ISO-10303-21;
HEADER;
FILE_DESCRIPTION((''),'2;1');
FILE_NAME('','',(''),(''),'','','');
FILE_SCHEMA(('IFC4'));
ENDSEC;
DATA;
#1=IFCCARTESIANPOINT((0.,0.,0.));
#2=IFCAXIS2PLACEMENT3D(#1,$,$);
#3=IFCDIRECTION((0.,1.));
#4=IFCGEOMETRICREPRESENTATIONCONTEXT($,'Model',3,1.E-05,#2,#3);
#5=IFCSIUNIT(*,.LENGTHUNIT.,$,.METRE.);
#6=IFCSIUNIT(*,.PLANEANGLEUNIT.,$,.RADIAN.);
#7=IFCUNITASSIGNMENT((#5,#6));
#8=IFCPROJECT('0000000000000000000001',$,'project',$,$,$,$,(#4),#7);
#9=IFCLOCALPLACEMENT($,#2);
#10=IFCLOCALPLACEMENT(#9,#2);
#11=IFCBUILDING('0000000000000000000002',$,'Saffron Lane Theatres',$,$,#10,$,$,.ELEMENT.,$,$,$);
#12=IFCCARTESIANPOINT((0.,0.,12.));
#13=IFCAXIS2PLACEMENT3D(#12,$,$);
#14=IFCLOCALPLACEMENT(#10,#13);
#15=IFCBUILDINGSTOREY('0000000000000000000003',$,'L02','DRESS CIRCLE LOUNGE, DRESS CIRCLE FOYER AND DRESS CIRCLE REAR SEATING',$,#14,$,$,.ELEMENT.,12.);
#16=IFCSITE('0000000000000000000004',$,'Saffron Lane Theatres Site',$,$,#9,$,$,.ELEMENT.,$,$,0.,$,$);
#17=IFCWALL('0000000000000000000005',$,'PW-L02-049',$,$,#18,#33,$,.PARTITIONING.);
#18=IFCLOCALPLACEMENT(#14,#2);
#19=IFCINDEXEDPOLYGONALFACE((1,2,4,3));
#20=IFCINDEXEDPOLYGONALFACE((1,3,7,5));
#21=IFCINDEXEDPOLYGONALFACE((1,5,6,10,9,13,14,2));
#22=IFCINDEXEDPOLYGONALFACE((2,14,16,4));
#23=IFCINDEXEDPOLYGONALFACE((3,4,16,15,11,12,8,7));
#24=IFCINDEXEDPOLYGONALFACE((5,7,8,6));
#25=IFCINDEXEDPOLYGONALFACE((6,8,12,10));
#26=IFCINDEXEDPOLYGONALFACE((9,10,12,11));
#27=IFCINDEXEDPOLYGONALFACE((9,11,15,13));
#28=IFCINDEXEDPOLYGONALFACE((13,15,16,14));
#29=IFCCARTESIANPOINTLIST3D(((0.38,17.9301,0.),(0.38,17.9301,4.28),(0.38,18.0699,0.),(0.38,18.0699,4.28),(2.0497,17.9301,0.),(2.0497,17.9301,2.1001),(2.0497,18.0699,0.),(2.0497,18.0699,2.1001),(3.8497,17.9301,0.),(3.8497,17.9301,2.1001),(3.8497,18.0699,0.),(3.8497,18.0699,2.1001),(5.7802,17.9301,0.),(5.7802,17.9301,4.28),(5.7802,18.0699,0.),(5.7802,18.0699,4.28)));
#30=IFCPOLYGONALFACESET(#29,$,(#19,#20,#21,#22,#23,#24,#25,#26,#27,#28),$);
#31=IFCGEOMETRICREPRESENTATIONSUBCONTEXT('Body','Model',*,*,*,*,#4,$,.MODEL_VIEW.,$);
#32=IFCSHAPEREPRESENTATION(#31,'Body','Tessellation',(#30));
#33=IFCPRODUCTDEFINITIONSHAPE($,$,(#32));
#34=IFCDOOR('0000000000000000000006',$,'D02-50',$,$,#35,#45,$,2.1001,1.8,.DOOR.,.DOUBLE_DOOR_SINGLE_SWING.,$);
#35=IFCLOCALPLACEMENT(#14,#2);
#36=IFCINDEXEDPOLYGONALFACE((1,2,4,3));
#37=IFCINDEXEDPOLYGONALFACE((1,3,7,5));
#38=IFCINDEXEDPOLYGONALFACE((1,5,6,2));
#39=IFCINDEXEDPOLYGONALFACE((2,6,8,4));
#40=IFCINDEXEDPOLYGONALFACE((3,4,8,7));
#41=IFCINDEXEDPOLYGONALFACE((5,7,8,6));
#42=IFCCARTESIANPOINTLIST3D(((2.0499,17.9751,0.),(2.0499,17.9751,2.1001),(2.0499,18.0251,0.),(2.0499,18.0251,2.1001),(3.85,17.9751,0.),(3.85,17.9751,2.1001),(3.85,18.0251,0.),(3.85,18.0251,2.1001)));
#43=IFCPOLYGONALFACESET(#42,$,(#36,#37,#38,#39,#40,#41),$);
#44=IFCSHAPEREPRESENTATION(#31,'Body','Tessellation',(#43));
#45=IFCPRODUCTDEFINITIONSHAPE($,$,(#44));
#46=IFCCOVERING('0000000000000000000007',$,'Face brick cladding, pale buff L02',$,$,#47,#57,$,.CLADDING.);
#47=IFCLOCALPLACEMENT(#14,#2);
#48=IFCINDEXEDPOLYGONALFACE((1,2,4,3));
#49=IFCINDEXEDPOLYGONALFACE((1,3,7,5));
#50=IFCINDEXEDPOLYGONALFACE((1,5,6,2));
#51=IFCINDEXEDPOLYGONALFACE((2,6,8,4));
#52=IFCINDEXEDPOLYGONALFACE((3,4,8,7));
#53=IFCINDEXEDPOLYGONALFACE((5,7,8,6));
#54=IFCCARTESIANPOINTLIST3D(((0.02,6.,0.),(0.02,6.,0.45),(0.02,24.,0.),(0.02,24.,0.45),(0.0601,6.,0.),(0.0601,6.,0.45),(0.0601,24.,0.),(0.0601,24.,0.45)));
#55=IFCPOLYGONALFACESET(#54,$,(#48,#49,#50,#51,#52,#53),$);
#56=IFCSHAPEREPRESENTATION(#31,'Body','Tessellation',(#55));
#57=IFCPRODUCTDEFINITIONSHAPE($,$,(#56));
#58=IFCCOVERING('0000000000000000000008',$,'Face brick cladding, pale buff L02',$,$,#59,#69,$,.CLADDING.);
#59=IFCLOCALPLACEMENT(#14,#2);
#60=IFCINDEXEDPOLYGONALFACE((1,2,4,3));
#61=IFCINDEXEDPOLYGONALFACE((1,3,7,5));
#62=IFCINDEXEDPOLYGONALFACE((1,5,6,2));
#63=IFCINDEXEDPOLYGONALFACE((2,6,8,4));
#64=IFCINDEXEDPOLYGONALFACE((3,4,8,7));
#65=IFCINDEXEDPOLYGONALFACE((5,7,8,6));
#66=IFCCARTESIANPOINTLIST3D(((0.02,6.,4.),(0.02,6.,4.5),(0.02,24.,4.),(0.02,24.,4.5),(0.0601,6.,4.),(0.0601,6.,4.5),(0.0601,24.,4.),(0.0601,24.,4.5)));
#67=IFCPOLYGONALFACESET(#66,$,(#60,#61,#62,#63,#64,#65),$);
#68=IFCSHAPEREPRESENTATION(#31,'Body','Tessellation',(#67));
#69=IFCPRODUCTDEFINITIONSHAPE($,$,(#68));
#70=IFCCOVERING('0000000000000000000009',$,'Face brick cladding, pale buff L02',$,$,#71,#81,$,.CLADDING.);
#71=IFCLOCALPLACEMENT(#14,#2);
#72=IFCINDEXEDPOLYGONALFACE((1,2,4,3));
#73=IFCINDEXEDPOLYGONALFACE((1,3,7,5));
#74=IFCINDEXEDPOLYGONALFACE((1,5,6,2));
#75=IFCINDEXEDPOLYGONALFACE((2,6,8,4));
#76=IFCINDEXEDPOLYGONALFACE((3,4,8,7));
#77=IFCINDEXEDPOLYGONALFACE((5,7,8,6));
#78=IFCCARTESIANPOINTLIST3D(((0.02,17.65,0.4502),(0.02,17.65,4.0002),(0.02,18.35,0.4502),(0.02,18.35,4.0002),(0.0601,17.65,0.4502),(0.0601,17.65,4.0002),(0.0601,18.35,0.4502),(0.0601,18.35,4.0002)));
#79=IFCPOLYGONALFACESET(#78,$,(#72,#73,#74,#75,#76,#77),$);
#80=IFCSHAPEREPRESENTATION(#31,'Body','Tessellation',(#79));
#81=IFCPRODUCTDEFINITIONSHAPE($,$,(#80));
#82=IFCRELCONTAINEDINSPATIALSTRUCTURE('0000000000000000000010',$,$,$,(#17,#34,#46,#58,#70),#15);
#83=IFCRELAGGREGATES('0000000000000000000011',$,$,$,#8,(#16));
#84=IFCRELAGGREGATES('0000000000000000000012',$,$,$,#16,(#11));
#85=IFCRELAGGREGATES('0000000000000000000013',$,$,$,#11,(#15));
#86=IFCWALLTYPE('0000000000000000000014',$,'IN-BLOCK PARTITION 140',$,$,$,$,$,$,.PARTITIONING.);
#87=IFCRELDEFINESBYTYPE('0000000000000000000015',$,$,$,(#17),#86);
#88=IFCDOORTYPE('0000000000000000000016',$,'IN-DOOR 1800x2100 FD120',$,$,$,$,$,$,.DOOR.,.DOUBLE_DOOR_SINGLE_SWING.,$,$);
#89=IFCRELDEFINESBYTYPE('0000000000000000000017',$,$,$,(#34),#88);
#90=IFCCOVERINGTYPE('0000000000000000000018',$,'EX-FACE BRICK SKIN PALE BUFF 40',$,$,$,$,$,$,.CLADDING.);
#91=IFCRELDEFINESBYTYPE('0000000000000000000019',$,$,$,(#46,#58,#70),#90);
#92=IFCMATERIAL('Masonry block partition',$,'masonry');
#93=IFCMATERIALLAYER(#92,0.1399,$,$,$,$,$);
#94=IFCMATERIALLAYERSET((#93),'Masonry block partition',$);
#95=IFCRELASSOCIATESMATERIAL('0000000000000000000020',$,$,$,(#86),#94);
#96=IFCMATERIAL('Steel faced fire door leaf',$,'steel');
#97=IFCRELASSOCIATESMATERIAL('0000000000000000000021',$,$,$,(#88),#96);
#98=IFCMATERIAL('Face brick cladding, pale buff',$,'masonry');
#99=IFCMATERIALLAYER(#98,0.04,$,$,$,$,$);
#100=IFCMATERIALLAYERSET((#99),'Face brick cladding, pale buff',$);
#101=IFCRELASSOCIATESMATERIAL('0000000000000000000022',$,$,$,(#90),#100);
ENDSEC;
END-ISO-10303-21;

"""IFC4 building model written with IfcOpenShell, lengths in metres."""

from ifc_helpers import new_model, si_unit, direction, frame, frame_2d, origin, origin_2d, place, context, subcontext, project, spatial, rectangle, extrude, material, layer, layer_set, type_object, element, fill, save


model = new_model("IFC4")

# Units and contexts
model_context = context("Model", 3, precision=1e-05, world=origin(), true_north=direction((0.0, 1.0)))
body_context = subcontext(model_context, "Body", "Model", "MODEL_VIEW")
ifc_project = project(units=[si_unit("LENGTHUNIT", "METRE"), si_unit("PLANEANGLEUNIT", "RADIAN")], contexts=[model_context])

# Site, building, storey
site_placement = place(None, origin())
site = spatial("IfcSite", under=ifc_project, at=site_placement, Name="Saffron Lane Theatres Site", CompositionType="ELEMENT", RefElevation=0.0)
building_placement = place(site_placement, origin())
building = spatial("IfcBuilding", under=site, at=building_placement, Name="Saffron Lane Theatres", CompositionType="ELEMENT")
storey_placement = place(building_placement, frame((0.0, 0.0, 12.0)))
storey = spatial("IfcBuildingStorey", under=building, at=storey_placement, Name="L02", Description="DRESS CIRCLE LOUNGE, DRESS CIRCLE FOYER AND DRESS CIRCLE REAR SEATING", CompositionType="ELEMENT", Elevation=12.0)

# Wall, opening, door
ifc_material_1 = material(Name="Masonry block partition", Category="masonry")
ifc_layer_1 = layer(ifc_material_1, 0.1399)
ifc_layer_set_1 = layer_set([ifc_layer_1], Name="Masonry block partition")
wall_type_1 = type_object("IfcWallType", Name="IN-BLOCK PARTITION 140", PredefinedType="PARTITIONING", material=ifc_layer_set_1)
wall_1_placement = place(storey_placement, frame((0.3799, 18.0, 0.0), z_axis=(0.0, 0.0, 1.0), x_axis=(1.0, 0.0, 0.0)))
wall_1 = element("IfcWall", 1, at=wall_1_placement, inside=storey, type_object=wall_type_1, Name="PW-L02-049", PredefinedType="PARTITIONING", context=body_context, shape_type="SweptSolid", body=[
    extrude(rectangle(XDim=5.4001, YDim=0.1399, at=frame_2d((2.7002, 0.0))), origin(), (0.0, 0.0, 1.0), 4.28),
])
opening_placement = place(wall_1_placement, frame((1.6699, 0.0, 0.0)))
opening = element("IfcOpeningElement", 2, at=opening_placement, cuts=wall_1, PredefinedType="OPENING", context=body_context, shape_type="SweptSolid", body=[
    extrude(rectangle(XDim=1.8, YDim=2.1001, at=frame_2d((0.8999, 1.05))), frame((0.0, 0.0801, 0.0), z_axis=(0.0, -1.0, 0.0), x_axis=(1.0, 0.0, 0.0)), (0.0, 0.0, 1.0), 0.1599),
])
ifc_material_2 = material(Name="Steel faced fire door leaf", Category="steel")
door_type = type_object("IfcDoorType", Name="IN-DOOR 1800x2100 FD120", OperationType="DOUBLE_DOOR_SINGLE_SWING", PredefinedType="DOOR", material=ifc_material_2)
door_placement = place(opening_placement, frame((1.8, 0.0, 0.0), z_axis=(0.0, 0.0, 1.0), x_axis=(-1.0, 0.0, 0.0)))
door = element("IfcDoor", 3, at=door_placement, inside=storey, type_object=door_type, Name="D02-50", OperationType="DOUBLE_DOOR_SINGLE_SWING", OverallHeight=2.1001, OverallWidth=1.8, PredefinedType="DOOR", context=body_context, shape_type="SweptSolid", body=[
    extrude(rectangle(XDim=1.8, YDim=2.1001, at=frame_2d((0.8999, 1.05))), frame((0.0, 0.0249, 0.0), z_axis=(0.0, -1.0, 0.0), x_axis=(1.0, 0.0, 0.0)), (0.0, 0.0, 1.0), 0.05),
])
fill(opening, door)

# Coverings
ifc_material_3 = material(Name="Face brick cladding, pale buff", Category="masonry")
ifc_layer_2 = layer(ifc_material_3, 0.04)
ifc_layer_set_2 = layer_set([ifc_layer_2], Name="Face brick cladding, pale buff")
covering_type_1 = type_object("IfcCoveringType", Name="EX-FACE BRICK SKIN PALE BUFF 40", PredefinedType="CLADDING", material=ifc_layer_set_2)
covering_1_placement = place(storey_placement, frame((0.04, 15.0, 0.0), z_axis=(0.0, 0.0, 1.0), x_axis=(0.0, 1.0, 0.0)))
element("IfcCovering", 4, at=covering_1_placement, inside=storey, type_object=covering_type_1, Name="Face brick cladding, pale buff L02", PredefinedType="CLADDING", context=body_context, shape_type="SweptSolid", body=[
    extrude(rectangle(XDim=18.0, YDim=0.04, at=origin_2d()), origin(), (0.0, 0.0, 1.0), 0.45),
])
covering_2_placement = place(storey_placement, frame((0.04, 15.0, 4.0), z_axis=(0.0, 0.0, 1.0), x_axis=(0.0, 1.0, 0.0)))
element("IfcCovering", 5, at=covering_2_placement, inside=storey, type_object=covering_type_1, Name="Face brick cladding, pale buff L02", PredefinedType="CLADDING", context=body_context, shape_type="SweptSolid", body=[
    extrude(rectangle(XDim=18.0, YDim=0.04, at=origin_2d()), origin(), (0.0, 0.0, 1.0), 0.5),
])
covering_3_placement = place(storey_placement, frame((0.04, 18.0, 0.4502), z_axis=(0.0, 0.0, 1.0), x_axis=(0.0, 1.0, 0.0)))
element("IfcCovering", 6, at=covering_3_placement, inside=storey, type_object=covering_type_1, Name="Face brick cladding, pale buff L02", PredefinedType="CLADDING", context=body_context, shape_type="SweptSolid", body=[
    extrude(rectangle(XDim=0.7, YDim=0.04, at=origin_2d()), origin(), (0.0, 0.0, 1.0), 3.55),
])

save(model, "model.ifc")
